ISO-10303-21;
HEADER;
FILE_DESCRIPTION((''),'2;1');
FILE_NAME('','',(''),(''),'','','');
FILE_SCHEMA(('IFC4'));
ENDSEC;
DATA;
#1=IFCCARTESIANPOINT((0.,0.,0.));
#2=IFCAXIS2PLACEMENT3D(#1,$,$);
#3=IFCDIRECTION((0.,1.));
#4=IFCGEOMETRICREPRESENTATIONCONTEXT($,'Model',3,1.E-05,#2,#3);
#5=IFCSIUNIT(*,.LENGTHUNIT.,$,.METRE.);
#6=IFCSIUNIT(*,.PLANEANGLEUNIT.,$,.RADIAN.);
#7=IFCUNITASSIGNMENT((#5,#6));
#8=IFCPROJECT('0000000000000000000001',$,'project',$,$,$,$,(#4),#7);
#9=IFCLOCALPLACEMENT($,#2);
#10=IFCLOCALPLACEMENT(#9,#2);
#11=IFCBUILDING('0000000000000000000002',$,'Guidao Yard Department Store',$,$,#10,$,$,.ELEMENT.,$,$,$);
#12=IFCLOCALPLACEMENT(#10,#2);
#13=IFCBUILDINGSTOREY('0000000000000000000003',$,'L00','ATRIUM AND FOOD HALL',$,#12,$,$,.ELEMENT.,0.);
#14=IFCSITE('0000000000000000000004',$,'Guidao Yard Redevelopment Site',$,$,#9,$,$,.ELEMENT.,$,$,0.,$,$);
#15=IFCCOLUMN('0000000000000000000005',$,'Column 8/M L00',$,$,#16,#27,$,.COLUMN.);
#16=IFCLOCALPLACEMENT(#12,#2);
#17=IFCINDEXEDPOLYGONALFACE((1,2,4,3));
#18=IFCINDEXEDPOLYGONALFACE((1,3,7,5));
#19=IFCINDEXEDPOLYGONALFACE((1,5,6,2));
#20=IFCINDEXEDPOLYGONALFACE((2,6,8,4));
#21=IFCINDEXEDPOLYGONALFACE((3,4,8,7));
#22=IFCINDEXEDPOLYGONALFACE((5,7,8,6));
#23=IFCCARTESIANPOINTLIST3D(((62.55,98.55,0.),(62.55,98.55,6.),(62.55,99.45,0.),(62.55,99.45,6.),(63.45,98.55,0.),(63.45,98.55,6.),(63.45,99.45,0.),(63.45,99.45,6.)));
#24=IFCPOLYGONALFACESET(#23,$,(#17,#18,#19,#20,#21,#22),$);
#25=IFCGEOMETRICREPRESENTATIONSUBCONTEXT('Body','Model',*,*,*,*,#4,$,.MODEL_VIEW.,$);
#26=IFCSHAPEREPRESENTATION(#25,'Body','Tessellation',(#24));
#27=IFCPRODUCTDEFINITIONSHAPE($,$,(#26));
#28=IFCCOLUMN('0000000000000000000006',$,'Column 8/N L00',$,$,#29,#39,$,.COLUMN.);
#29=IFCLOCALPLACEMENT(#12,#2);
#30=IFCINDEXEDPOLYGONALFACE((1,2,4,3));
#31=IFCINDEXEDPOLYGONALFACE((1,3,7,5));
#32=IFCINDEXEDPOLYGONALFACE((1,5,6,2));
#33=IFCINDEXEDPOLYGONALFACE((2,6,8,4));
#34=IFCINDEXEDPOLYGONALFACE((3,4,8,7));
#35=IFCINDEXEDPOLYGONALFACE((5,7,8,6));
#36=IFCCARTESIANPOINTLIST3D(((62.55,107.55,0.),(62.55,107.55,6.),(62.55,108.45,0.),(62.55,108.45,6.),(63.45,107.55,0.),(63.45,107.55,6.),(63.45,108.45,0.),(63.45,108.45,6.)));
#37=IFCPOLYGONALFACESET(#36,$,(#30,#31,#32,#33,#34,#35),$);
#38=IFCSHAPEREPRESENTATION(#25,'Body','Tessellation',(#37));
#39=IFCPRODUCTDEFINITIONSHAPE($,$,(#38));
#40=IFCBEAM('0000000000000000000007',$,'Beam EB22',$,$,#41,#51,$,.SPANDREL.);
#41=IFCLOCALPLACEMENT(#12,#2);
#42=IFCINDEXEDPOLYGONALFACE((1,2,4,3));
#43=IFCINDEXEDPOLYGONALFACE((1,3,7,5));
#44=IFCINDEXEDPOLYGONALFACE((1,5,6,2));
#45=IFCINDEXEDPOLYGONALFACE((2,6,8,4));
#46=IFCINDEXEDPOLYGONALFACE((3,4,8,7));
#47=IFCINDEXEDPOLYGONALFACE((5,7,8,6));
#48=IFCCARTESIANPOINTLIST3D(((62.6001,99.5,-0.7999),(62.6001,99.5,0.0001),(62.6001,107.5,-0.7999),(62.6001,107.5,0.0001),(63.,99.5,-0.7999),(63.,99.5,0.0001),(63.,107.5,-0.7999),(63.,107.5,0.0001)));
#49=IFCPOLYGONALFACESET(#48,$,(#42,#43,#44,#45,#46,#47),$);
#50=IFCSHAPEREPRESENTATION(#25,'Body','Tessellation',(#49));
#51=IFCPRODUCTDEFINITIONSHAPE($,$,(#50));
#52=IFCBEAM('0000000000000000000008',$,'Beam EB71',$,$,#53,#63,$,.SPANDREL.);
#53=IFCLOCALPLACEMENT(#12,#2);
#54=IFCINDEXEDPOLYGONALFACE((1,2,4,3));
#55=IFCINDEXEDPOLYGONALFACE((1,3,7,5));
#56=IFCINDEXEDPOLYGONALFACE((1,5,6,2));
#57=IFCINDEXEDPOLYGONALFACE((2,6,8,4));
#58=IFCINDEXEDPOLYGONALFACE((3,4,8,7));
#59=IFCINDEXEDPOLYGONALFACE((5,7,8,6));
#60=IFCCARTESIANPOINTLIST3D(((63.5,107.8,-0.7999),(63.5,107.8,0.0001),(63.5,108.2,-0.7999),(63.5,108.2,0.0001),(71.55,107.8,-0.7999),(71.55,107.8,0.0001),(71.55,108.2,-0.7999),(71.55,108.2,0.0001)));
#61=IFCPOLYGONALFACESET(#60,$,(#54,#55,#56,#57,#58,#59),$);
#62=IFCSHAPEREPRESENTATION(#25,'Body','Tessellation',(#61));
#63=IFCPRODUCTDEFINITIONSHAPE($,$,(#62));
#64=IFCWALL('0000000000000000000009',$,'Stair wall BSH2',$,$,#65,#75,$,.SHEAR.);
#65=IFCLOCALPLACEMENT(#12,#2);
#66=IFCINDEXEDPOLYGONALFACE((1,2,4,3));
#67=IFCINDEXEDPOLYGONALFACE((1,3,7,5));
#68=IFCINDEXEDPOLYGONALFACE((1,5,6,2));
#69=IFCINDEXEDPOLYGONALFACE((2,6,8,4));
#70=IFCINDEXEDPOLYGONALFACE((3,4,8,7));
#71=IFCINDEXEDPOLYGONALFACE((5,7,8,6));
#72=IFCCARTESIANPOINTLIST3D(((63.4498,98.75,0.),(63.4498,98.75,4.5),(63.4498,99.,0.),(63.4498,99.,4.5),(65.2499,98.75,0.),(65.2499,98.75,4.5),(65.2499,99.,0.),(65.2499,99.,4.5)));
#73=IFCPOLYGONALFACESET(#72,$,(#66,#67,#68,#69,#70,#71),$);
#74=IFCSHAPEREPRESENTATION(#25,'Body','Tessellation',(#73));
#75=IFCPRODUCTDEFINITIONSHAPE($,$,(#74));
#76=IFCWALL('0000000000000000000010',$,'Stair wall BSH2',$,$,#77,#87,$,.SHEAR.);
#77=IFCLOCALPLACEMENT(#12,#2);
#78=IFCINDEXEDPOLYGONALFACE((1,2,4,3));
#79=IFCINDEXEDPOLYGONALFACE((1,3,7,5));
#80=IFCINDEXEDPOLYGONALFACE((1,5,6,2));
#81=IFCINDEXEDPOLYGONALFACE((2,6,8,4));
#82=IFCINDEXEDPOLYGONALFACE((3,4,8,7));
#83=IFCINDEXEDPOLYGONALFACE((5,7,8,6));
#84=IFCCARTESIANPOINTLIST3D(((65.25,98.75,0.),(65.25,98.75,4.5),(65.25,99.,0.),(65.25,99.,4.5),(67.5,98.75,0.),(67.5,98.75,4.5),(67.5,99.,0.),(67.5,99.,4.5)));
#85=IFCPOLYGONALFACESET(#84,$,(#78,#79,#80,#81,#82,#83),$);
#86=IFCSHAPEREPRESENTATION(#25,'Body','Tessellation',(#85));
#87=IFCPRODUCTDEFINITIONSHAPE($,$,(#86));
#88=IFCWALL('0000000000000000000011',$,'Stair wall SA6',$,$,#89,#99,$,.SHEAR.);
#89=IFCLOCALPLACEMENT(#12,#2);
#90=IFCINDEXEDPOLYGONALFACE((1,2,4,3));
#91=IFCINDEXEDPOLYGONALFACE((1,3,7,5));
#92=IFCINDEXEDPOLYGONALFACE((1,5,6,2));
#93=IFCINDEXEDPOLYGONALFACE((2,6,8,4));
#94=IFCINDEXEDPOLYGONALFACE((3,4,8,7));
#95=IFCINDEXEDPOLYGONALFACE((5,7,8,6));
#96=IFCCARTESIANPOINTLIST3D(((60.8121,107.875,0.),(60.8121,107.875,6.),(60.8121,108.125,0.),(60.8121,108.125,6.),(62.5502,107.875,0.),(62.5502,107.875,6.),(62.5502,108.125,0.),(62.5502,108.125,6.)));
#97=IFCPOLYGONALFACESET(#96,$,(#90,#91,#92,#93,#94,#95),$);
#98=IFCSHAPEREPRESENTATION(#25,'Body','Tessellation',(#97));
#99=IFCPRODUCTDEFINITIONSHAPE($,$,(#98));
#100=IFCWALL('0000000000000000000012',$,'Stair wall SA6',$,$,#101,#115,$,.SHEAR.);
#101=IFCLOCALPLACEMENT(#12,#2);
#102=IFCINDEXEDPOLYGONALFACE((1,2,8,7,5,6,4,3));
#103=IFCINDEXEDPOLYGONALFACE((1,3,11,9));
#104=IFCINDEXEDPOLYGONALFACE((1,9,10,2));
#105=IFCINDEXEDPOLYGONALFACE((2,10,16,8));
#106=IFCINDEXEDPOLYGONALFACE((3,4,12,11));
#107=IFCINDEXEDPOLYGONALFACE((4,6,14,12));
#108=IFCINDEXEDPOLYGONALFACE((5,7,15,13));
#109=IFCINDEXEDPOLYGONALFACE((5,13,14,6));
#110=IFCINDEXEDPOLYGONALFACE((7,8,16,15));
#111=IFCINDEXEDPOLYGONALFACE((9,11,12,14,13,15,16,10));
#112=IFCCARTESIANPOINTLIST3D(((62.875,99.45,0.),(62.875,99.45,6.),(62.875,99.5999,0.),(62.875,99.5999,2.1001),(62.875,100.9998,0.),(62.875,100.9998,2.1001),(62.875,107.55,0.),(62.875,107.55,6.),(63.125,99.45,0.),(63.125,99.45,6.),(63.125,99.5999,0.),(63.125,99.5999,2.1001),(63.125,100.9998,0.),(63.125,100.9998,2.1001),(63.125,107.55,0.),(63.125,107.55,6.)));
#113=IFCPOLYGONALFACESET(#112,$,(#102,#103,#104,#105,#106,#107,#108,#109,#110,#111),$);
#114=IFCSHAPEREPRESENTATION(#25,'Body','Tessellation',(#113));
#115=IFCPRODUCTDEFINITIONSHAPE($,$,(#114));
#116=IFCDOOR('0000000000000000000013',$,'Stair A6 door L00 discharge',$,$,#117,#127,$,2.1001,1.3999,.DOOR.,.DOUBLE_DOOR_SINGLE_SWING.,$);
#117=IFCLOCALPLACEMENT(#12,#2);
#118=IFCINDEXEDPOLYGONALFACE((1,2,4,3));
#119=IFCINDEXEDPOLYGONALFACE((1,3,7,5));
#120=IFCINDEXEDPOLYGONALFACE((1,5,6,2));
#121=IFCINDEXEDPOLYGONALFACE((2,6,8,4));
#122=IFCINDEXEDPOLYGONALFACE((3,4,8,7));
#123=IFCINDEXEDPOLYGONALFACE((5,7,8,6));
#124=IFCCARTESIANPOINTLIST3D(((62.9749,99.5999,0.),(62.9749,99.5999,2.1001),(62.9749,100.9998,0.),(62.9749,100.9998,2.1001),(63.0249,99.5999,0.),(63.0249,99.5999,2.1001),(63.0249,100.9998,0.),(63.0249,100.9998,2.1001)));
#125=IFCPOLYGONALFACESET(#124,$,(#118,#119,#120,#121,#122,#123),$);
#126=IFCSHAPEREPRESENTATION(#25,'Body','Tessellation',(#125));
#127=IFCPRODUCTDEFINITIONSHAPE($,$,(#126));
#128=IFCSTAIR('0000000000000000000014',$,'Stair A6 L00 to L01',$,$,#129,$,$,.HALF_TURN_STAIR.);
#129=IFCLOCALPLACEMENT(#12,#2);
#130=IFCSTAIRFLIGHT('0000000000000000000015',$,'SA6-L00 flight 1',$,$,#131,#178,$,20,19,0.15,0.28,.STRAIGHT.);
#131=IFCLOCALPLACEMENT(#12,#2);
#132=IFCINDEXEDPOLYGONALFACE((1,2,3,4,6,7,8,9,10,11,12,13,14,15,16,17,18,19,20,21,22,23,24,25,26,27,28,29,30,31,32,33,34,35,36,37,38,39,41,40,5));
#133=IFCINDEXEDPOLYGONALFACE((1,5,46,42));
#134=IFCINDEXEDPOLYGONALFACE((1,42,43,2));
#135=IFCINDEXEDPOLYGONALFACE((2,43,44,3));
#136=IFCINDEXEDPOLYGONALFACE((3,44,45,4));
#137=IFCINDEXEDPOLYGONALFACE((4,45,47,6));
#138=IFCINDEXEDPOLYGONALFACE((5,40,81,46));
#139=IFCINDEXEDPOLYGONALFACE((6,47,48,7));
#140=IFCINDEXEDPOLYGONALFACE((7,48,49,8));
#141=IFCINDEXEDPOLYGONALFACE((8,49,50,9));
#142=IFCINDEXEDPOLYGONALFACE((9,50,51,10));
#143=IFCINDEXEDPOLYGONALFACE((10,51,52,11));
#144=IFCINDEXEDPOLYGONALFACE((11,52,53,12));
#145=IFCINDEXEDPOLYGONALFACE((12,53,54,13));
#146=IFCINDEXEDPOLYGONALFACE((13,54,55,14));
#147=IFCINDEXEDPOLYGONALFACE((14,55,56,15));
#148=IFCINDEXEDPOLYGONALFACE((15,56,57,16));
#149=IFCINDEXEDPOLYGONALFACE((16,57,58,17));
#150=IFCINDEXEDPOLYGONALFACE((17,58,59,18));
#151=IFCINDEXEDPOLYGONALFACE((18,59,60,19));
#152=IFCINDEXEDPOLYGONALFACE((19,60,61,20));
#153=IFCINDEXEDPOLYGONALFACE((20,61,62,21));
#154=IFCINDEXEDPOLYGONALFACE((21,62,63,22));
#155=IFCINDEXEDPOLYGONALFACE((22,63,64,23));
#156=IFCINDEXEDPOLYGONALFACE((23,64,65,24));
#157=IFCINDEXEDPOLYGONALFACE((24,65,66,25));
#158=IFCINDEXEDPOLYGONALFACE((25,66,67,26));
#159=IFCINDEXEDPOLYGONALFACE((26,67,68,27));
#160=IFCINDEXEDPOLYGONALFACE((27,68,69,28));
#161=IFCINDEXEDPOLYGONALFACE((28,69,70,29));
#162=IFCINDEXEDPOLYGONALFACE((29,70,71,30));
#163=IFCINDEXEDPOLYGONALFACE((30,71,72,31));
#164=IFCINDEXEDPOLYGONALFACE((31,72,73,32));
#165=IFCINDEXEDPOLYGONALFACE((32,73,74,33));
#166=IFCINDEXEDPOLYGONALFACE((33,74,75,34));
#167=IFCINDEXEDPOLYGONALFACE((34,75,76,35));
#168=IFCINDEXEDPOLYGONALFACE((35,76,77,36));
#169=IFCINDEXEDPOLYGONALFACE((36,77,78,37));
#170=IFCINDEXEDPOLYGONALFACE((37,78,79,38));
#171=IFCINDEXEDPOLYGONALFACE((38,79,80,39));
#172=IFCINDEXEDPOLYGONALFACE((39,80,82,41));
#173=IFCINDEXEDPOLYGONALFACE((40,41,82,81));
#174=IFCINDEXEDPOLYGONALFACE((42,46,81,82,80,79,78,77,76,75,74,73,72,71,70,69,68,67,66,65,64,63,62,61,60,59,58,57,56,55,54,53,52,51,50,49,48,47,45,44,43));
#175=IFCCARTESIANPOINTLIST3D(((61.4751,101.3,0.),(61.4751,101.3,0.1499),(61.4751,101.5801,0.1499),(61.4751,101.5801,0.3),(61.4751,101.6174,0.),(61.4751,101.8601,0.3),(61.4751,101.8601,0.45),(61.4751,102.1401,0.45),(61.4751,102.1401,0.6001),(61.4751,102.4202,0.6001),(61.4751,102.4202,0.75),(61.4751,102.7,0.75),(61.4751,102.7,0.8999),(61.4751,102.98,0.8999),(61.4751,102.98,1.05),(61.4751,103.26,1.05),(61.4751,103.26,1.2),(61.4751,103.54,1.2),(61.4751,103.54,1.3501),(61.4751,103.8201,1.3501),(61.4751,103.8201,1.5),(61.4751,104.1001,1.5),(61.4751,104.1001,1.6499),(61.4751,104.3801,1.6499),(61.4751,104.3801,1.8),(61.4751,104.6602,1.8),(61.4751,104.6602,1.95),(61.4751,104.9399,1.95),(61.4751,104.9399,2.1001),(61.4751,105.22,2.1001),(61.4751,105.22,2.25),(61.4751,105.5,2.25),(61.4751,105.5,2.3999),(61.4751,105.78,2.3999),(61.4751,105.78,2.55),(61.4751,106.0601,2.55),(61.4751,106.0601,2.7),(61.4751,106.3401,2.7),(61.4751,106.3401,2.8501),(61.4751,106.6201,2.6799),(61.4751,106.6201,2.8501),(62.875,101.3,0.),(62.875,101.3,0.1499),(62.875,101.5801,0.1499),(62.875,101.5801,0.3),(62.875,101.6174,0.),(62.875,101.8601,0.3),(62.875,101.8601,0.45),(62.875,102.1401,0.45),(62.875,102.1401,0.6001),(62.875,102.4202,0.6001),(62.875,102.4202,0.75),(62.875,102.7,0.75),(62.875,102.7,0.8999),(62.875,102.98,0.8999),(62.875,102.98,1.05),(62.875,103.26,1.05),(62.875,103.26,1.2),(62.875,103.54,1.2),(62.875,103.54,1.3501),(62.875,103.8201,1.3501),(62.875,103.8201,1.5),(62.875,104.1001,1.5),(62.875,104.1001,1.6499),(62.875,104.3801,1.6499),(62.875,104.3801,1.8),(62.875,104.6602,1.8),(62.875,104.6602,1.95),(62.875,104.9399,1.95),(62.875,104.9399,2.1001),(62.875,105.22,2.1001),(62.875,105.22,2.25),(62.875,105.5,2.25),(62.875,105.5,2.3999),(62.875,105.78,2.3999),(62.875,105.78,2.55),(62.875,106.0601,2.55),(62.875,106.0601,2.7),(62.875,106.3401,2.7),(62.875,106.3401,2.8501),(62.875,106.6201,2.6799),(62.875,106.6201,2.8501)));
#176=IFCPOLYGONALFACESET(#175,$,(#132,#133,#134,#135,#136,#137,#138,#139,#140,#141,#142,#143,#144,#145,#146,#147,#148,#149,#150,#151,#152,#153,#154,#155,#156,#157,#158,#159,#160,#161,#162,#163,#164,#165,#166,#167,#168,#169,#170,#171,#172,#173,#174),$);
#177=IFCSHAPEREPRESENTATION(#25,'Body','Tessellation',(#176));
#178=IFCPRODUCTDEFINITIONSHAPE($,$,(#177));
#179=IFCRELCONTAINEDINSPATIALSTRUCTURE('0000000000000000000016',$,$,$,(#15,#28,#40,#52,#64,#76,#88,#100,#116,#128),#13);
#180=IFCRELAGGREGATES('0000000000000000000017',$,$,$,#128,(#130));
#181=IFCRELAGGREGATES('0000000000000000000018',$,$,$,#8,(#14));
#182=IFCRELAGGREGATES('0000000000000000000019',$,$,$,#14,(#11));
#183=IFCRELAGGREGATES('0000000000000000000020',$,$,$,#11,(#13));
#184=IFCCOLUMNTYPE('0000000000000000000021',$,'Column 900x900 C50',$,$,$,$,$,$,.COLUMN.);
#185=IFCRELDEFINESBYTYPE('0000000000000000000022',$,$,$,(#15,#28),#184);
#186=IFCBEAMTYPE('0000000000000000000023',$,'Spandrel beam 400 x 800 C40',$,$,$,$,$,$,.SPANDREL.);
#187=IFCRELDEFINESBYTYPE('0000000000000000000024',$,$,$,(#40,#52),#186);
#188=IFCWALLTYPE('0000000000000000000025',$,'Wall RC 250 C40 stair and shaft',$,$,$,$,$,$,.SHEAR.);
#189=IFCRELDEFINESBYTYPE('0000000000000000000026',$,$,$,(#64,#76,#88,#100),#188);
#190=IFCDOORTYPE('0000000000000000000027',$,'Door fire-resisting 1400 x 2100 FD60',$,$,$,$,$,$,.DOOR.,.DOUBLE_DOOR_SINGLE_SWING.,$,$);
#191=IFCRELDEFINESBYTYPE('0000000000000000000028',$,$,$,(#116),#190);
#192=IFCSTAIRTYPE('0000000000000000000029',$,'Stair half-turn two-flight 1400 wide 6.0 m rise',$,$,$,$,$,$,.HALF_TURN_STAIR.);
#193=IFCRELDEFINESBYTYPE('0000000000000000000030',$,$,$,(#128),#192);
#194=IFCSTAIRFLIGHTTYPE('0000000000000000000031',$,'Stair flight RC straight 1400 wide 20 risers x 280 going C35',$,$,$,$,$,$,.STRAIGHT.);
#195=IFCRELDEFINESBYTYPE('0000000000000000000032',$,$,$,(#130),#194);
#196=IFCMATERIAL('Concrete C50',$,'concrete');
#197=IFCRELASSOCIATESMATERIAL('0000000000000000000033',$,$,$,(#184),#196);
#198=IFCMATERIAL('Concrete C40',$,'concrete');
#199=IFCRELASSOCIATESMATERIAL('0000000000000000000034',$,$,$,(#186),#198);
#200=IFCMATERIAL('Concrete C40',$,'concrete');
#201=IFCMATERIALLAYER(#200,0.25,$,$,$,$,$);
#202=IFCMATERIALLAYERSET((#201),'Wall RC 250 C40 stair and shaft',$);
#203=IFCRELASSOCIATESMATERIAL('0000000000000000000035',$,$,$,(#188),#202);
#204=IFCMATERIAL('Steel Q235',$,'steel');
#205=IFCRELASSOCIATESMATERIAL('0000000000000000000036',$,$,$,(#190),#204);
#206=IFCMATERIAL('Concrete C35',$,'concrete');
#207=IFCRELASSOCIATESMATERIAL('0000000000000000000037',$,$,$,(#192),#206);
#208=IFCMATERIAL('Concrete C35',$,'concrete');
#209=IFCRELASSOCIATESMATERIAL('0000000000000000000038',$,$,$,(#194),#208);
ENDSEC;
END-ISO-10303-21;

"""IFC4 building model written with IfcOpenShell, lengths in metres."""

from ifc_helpers import new_model, si_unit, direction, frame, frame_2d, origin, origin_2d, place, context, subcontext, project, spatial, polyline, rectangle, outline, extrude, material, layer, layer_set, material_profile, profile_set, type_object, element, fill, aggregate, save


model = new_model("IFC4")

# Units and contexts
model_context = context("Model", 3, precision=1e-05, world=origin(), true_north=direction((0.0, 1.0)))
body_context = subcontext(model_context, "Body", "Model", "MODEL_VIEW")
ifc_project = project(units=[si_unit("LENGTHUNIT", "METRE"), si_unit("PLANEANGLEUNIT", "RADIAN")], contexts=[model_context])

# Site, building, storey
site_placement = place(None, origin())
site = spatial("IfcSite", under=ifc_project, at=site_placement, Name="Guidao Yard Redevelopment Site", CompositionType="ELEMENT", RefElevation=0.0)
building_placement = place(site_placement, origin())
building = spatial("IfcBuilding", under=site, at=building_placement, Name="Guidao Yard Department Store", CompositionType="ELEMENT")
storey_placement = place(building_placement, origin())
storey = spatial("IfcBuildingStorey", under=building, at=storey_placement, Name="L00", Description="ATRIUM AND FOOD HALL", CompositionType="ELEMENT", Elevation=0.0)

# Columns
ifc_material_1 = material(Name="Concrete C50", Category="concrete")
ifc_material_profile_1 = material_profile(ifc_material_1, rectangle(XDim=0.8999, YDim=0.8999, at=origin_2d()), Name="COL 900x900")
ifc_profile_set_1 = profile_set([ifc_material_profile_1], Name="Concrete C50")
column_type = type_object("IfcColumnType", Name="Column 900x900 C50", PredefinedType="COLUMN", material=ifc_profile_set_1)
for number, where, z_axis, x_axis, name in (
    (1, (63.0, 99.0, 0.0), (0.0, 0.0, 1.0), (1.0, 0.0, 0.0), "Column 8/M L00"),
    (2, (63.0, 108.0, 0.0), (0.0, 0.0, 1.0), (1.0, 0.0, 0.0), "Column 8/N L00"),
):
    element("IfcColumn", number, at=place(storey_placement, frame(where, z_axis=z_axis, x_axis=x_axis)), inside=storey, type_object=column_type, Name=name, PredefinedType="COLUMN", context=body_context, shape_type="SweptSolid", body=[
        extrude(rectangle(XDim=0.8999, YDim=0.8999, at=origin_2d()), origin(), (0.0, 0.0, 1.0), 6.0),
    ])

# Beams
ifc_material_2 = material(Name="Concrete C40", Category="concrete")
ifc_material_profile_2 = material_profile(ifc_material_2, rectangle(XDim=0.3999, YDim=0.8, at=origin_2d()), Name="Spandrel beam 400 x 800 C40")
ifc_profile_set_2 = profile_set([ifc_material_profile_2], Name="Concrete C40")
beam_type = type_object("IfcBeamType", Name="Spandrel beam 400 x 800 C40", PredefinedType="SPANDREL", material=ifc_profile_set_2)
beam_1_placement = place(storey_placement, frame((62.8, 99.5, -0.3999), z_axis=(0.0, 1.0, 0.0), x_axis=(-1.0, 0.0, 0.0)))
element("IfcBeam", 3, at=beam_1_placement, inside=storey, type_object=beam_type, Name="Beam EB22", PredefinedType="SPANDREL", context=body_context, shape_type="SweptSolid", body=[
    extrude(rectangle(XDim=0.3999, YDim=0.8, at=origin_2d()), origin(), (0.0, 0.0, 1.0), 8.0),
])
beam_2_placement = place(storey_placement, frame((63.5, 108.0, -0.3999), z_axis=(1.0, 0.0, 0.0), x_axis=(0.0, 1.0, 0.0)))
element("IfcBeam", 4, at=beam_2_placement, inside=storey, type_object=beam_type, Name="Beam EB71", PredefinedType="SPANDREL", context=body_context, shape_type="SweptSolid", body=[
    extrude(rectangle(XDim=0.3999, YDim=0.8, at=origin_2d()), origin(), (0.0, 0.0, 1.0), 8.05),
])

# Walls
ifc_material_3 = material(Name="Concrete C40", Category="concrete")
ifc_layer_1 = layer(ifc_material_3, 0.25)
ifc_layer_set_1 = layer_set([ifc_layer_1], Name="Wall RC 250 C40 stair and shaft")
wall_type = type_object("IfcWallType", Name="Wall RC 250 C40 stair and shaft", PredefinedType="SHEAR", material=ifc_layer_set_1)
wall_1_placement = place(storey_placement, frame((63.45, 98.875, 0.0), z_axis=(0.0, 0.0, 1.0), x_axis=(1.0, 0.0, 0.0)))
element("IfcWall", 5, at=wall_1_placement, inside=storey, type_object=wall_type, Name="Stair wall BSH2", PredefinedType="SHEAR", context=body_context, shape_type="SweptSolid", body=[
    extrude(rectangle(XDim=1.8, YDim=0.25, at=frame_2d((0.8999, 0.0))), origin(), (0.0, 0.0, 1.0), 4.5),
])
wall_2_placement = place(storey_placement, frame((65.25, 98.875, 0.0), z_axis=(0.0, 0.0, 1.0), x_axis=(1.0, 0.0, 0.0)))
element("IfcWall", 6, at=wall_2_placement, inside=storey, type_object=wall_type, Name="Stair wall BSH2", PredefinedType="SHEAR", context=body_context, shape_type="SweptSolid", body=[
    extrude(rectangle(XDim=2.25, YDim=0.25, at=frame_2d((1.125, 0.0))), origin(), (0.0, 0.0, 1.0), 4.5),
])
wall_3_placement = place(storey_placement, frame((60.812, 108.0, 0.0), z_axis=(0.0, 0.0, 1.0), x_axis=(1.0, 0.0, 0.0)))
element("IfcWall", 7, at=wall_3_placement, inside=storey, type_object=wall_type, Name="Stair wall SA6", PredefinedType="SHEAR", context=body_context, shape_type="SweptSolid", body=[
    extrude(rectangle(XDim=1.738, YDim=0.25, at=frame_2d((0.8691, 0.0))), origin(), (0.0, 0.0, 1.0), 6.0),
])

# Wall, opening, door
wall_4_placement = place(storey_placement, frame((63.0, 99.45, 0.0), z_axis=(0.0, 0.0, 1.0), x_axis=(0.0, 1.0, 0.0)))
wall_4 = element("IfcWall", 8, at=wall_4_placement, inside=storey, type_object=wall_type, Name="Stair wall SA6", PredefinedType="SHEAR", context=body_context, shape_type="SweptSolid", body=[
    extrude(rectangle(XDim=8.1001, YDim=0.25, at=frame_2d((4.05, 0.0))), origin(), (0.0, 0.0, 1.0), 6.0),
])
opening_placement = place(wall_4_placement, frame((1.5498, 0.0, 0.0), z_axis=(0.0, 0.0, 1.0), x_axis=(-1.0, 0.0, 0.0)))
opening = element("IfcOpeningElement", 9, at=opening_placement, cuts=wall_4, PredefinedType="OPENING", context=body_context, shape_type="SweptSolid", body=[
    extrude(rectangle(XDim=1.3999, YDim=2.1001, at=frame_2d((0.7, 1.05))), frame((0.0, 0.135, 0.0), z_axis=(0.0, -1.0, 0.0), x_axis=(1.0, 0.0, 0.0)), (0.0, 0.0, 1.0), 0.27),
])
ifc_material_4 = material(Name="Steel Q235", Category="steel")
door_type = type_object("IfcDoorType", Name="Door fire-resisting 1400 x 2100 FD60", OperationType="DOUBLE_DOOR_SINGLE_SWING", PredefinedType="DOOR", material=ifc_material_4)
door_placement = place(opening_placement, origin())
door = element("IfcDoor", 10, at=door_placement, inside=storey, type_object=door_type, Name="Stair A6 door L00 discharge", OperationType="DOUBLE_DOOR_SINGLE_SWING", OverallHeight=2.1001, OverallWidth=1.3999, PredefinedType="DOOR", context=body_context, shape_type="SweptSolid", body=[
    extrude(rectangle(XDim=1.3999, YDim=2.1001, at=frame_2d((0.7, 1.05))), frame((0.0, 0.0249, 0.0), z_axis=(0.0, -1.0, 0.0), x_axis=(1.0, 0.0, 0.0)), (0.0, 0.0, 1.0), 0.05),
])
fill(opening, door)

# Stair, stair flight
ifc_material_5 = material(Name="Concrete C35", Category="concrete")
stair_type = type_object("IfcStairType", Name="Stair half-turn two-flight 1400 wide 6.0 m rise", PredefinedType="HALF_TURN_STAIR", material=ifc_material_5)
stair_placement = place(storey_placement, origin())
stair = element("IfcStair", 11, at=stair_placement, inside=storey, type_object=stair_type, Name="Stair A6 L00 to L01", PredefinedType="HALF_TURN_STAIR")
ifc_material_6 = material(Name="Concrete C35", Category="concrete")
stair_flight_type = type_object("IfcStairFlightType", Name="Stair flight RC straight 1400 wide 20 risers x 280 going C35", PredefinedType="STRAIGHT", material=ifc_material_6)
stair_flight_1_placement = place(storey_placement, frame((62.175, 101.3, 0.0), z_axis=(0.0, 0.0, 1.0), x_axis=(0.0, 1.0, 0.0)))
stair_flight_1 = element("IfcStairFlight", 12, at=stair_flight_1_placement, type_object=stair_flight_type, Name="SA6-L00 flight 1", NumberOfRisers=20, NumberOfTreads=19, PredefinedType="STRAIGHT", RiserHeight=0.15, TreadLength=0.28, context=body_context, shape_type="SweptSolid", body=[
    extrude(outline(polyline([(0.0, 0.0), (0.0, 0.1499), (0.28, 0.1499), (0.28, 0.3), (0.5601, 0.3), (0.5601, 0.45), (0.8401, 0.45), (0.8401, 0.6001), (1.1201, 0.6001), (1.1201, 0.75), (1.3999, 0.75), (1.3999, 0.8999), (1.6799, 0.8999), (1.6799, 1.05), (1.96, 1.05), (1.96, 1.2), (2.24, 1.2), (2.24, 1.3501), (2.52, 1.3501), (2.52, 1.5), (2.8, 1.5), (2.8, 1.6499), (3.0801, 1.6499), (3.0801, 1.8), (3.3601, 1.8), (3.3601, 1.95), (3.6399, 1.95), (3.6399, 2.1001), (3.9199, 2.1001), (3.9199, 2.25), (4.2, 2.25), (4.2, 2.3999), (4.48, 2.3999), (4.48, 2.55), (4.76, 2.55), (4.76, 2.7), (5.04, 2.7), (5.04, 2.8501), (5.3201, 2.8501), (5.3201, 3.0), (5.3201, 2.6799), (0.3174, 0.0), (0.0, 0.0)])), frame((0.0, 0.7, 0.0), z_axis=(0.0, -1.0, 0.0), x_axis=(1.0, 0.0, 0.0)), (0.0, 0.0, 1.0), 1.3999),
])
aggregate(stair, [stair_flight_1])

save(model, "model.ifc")
